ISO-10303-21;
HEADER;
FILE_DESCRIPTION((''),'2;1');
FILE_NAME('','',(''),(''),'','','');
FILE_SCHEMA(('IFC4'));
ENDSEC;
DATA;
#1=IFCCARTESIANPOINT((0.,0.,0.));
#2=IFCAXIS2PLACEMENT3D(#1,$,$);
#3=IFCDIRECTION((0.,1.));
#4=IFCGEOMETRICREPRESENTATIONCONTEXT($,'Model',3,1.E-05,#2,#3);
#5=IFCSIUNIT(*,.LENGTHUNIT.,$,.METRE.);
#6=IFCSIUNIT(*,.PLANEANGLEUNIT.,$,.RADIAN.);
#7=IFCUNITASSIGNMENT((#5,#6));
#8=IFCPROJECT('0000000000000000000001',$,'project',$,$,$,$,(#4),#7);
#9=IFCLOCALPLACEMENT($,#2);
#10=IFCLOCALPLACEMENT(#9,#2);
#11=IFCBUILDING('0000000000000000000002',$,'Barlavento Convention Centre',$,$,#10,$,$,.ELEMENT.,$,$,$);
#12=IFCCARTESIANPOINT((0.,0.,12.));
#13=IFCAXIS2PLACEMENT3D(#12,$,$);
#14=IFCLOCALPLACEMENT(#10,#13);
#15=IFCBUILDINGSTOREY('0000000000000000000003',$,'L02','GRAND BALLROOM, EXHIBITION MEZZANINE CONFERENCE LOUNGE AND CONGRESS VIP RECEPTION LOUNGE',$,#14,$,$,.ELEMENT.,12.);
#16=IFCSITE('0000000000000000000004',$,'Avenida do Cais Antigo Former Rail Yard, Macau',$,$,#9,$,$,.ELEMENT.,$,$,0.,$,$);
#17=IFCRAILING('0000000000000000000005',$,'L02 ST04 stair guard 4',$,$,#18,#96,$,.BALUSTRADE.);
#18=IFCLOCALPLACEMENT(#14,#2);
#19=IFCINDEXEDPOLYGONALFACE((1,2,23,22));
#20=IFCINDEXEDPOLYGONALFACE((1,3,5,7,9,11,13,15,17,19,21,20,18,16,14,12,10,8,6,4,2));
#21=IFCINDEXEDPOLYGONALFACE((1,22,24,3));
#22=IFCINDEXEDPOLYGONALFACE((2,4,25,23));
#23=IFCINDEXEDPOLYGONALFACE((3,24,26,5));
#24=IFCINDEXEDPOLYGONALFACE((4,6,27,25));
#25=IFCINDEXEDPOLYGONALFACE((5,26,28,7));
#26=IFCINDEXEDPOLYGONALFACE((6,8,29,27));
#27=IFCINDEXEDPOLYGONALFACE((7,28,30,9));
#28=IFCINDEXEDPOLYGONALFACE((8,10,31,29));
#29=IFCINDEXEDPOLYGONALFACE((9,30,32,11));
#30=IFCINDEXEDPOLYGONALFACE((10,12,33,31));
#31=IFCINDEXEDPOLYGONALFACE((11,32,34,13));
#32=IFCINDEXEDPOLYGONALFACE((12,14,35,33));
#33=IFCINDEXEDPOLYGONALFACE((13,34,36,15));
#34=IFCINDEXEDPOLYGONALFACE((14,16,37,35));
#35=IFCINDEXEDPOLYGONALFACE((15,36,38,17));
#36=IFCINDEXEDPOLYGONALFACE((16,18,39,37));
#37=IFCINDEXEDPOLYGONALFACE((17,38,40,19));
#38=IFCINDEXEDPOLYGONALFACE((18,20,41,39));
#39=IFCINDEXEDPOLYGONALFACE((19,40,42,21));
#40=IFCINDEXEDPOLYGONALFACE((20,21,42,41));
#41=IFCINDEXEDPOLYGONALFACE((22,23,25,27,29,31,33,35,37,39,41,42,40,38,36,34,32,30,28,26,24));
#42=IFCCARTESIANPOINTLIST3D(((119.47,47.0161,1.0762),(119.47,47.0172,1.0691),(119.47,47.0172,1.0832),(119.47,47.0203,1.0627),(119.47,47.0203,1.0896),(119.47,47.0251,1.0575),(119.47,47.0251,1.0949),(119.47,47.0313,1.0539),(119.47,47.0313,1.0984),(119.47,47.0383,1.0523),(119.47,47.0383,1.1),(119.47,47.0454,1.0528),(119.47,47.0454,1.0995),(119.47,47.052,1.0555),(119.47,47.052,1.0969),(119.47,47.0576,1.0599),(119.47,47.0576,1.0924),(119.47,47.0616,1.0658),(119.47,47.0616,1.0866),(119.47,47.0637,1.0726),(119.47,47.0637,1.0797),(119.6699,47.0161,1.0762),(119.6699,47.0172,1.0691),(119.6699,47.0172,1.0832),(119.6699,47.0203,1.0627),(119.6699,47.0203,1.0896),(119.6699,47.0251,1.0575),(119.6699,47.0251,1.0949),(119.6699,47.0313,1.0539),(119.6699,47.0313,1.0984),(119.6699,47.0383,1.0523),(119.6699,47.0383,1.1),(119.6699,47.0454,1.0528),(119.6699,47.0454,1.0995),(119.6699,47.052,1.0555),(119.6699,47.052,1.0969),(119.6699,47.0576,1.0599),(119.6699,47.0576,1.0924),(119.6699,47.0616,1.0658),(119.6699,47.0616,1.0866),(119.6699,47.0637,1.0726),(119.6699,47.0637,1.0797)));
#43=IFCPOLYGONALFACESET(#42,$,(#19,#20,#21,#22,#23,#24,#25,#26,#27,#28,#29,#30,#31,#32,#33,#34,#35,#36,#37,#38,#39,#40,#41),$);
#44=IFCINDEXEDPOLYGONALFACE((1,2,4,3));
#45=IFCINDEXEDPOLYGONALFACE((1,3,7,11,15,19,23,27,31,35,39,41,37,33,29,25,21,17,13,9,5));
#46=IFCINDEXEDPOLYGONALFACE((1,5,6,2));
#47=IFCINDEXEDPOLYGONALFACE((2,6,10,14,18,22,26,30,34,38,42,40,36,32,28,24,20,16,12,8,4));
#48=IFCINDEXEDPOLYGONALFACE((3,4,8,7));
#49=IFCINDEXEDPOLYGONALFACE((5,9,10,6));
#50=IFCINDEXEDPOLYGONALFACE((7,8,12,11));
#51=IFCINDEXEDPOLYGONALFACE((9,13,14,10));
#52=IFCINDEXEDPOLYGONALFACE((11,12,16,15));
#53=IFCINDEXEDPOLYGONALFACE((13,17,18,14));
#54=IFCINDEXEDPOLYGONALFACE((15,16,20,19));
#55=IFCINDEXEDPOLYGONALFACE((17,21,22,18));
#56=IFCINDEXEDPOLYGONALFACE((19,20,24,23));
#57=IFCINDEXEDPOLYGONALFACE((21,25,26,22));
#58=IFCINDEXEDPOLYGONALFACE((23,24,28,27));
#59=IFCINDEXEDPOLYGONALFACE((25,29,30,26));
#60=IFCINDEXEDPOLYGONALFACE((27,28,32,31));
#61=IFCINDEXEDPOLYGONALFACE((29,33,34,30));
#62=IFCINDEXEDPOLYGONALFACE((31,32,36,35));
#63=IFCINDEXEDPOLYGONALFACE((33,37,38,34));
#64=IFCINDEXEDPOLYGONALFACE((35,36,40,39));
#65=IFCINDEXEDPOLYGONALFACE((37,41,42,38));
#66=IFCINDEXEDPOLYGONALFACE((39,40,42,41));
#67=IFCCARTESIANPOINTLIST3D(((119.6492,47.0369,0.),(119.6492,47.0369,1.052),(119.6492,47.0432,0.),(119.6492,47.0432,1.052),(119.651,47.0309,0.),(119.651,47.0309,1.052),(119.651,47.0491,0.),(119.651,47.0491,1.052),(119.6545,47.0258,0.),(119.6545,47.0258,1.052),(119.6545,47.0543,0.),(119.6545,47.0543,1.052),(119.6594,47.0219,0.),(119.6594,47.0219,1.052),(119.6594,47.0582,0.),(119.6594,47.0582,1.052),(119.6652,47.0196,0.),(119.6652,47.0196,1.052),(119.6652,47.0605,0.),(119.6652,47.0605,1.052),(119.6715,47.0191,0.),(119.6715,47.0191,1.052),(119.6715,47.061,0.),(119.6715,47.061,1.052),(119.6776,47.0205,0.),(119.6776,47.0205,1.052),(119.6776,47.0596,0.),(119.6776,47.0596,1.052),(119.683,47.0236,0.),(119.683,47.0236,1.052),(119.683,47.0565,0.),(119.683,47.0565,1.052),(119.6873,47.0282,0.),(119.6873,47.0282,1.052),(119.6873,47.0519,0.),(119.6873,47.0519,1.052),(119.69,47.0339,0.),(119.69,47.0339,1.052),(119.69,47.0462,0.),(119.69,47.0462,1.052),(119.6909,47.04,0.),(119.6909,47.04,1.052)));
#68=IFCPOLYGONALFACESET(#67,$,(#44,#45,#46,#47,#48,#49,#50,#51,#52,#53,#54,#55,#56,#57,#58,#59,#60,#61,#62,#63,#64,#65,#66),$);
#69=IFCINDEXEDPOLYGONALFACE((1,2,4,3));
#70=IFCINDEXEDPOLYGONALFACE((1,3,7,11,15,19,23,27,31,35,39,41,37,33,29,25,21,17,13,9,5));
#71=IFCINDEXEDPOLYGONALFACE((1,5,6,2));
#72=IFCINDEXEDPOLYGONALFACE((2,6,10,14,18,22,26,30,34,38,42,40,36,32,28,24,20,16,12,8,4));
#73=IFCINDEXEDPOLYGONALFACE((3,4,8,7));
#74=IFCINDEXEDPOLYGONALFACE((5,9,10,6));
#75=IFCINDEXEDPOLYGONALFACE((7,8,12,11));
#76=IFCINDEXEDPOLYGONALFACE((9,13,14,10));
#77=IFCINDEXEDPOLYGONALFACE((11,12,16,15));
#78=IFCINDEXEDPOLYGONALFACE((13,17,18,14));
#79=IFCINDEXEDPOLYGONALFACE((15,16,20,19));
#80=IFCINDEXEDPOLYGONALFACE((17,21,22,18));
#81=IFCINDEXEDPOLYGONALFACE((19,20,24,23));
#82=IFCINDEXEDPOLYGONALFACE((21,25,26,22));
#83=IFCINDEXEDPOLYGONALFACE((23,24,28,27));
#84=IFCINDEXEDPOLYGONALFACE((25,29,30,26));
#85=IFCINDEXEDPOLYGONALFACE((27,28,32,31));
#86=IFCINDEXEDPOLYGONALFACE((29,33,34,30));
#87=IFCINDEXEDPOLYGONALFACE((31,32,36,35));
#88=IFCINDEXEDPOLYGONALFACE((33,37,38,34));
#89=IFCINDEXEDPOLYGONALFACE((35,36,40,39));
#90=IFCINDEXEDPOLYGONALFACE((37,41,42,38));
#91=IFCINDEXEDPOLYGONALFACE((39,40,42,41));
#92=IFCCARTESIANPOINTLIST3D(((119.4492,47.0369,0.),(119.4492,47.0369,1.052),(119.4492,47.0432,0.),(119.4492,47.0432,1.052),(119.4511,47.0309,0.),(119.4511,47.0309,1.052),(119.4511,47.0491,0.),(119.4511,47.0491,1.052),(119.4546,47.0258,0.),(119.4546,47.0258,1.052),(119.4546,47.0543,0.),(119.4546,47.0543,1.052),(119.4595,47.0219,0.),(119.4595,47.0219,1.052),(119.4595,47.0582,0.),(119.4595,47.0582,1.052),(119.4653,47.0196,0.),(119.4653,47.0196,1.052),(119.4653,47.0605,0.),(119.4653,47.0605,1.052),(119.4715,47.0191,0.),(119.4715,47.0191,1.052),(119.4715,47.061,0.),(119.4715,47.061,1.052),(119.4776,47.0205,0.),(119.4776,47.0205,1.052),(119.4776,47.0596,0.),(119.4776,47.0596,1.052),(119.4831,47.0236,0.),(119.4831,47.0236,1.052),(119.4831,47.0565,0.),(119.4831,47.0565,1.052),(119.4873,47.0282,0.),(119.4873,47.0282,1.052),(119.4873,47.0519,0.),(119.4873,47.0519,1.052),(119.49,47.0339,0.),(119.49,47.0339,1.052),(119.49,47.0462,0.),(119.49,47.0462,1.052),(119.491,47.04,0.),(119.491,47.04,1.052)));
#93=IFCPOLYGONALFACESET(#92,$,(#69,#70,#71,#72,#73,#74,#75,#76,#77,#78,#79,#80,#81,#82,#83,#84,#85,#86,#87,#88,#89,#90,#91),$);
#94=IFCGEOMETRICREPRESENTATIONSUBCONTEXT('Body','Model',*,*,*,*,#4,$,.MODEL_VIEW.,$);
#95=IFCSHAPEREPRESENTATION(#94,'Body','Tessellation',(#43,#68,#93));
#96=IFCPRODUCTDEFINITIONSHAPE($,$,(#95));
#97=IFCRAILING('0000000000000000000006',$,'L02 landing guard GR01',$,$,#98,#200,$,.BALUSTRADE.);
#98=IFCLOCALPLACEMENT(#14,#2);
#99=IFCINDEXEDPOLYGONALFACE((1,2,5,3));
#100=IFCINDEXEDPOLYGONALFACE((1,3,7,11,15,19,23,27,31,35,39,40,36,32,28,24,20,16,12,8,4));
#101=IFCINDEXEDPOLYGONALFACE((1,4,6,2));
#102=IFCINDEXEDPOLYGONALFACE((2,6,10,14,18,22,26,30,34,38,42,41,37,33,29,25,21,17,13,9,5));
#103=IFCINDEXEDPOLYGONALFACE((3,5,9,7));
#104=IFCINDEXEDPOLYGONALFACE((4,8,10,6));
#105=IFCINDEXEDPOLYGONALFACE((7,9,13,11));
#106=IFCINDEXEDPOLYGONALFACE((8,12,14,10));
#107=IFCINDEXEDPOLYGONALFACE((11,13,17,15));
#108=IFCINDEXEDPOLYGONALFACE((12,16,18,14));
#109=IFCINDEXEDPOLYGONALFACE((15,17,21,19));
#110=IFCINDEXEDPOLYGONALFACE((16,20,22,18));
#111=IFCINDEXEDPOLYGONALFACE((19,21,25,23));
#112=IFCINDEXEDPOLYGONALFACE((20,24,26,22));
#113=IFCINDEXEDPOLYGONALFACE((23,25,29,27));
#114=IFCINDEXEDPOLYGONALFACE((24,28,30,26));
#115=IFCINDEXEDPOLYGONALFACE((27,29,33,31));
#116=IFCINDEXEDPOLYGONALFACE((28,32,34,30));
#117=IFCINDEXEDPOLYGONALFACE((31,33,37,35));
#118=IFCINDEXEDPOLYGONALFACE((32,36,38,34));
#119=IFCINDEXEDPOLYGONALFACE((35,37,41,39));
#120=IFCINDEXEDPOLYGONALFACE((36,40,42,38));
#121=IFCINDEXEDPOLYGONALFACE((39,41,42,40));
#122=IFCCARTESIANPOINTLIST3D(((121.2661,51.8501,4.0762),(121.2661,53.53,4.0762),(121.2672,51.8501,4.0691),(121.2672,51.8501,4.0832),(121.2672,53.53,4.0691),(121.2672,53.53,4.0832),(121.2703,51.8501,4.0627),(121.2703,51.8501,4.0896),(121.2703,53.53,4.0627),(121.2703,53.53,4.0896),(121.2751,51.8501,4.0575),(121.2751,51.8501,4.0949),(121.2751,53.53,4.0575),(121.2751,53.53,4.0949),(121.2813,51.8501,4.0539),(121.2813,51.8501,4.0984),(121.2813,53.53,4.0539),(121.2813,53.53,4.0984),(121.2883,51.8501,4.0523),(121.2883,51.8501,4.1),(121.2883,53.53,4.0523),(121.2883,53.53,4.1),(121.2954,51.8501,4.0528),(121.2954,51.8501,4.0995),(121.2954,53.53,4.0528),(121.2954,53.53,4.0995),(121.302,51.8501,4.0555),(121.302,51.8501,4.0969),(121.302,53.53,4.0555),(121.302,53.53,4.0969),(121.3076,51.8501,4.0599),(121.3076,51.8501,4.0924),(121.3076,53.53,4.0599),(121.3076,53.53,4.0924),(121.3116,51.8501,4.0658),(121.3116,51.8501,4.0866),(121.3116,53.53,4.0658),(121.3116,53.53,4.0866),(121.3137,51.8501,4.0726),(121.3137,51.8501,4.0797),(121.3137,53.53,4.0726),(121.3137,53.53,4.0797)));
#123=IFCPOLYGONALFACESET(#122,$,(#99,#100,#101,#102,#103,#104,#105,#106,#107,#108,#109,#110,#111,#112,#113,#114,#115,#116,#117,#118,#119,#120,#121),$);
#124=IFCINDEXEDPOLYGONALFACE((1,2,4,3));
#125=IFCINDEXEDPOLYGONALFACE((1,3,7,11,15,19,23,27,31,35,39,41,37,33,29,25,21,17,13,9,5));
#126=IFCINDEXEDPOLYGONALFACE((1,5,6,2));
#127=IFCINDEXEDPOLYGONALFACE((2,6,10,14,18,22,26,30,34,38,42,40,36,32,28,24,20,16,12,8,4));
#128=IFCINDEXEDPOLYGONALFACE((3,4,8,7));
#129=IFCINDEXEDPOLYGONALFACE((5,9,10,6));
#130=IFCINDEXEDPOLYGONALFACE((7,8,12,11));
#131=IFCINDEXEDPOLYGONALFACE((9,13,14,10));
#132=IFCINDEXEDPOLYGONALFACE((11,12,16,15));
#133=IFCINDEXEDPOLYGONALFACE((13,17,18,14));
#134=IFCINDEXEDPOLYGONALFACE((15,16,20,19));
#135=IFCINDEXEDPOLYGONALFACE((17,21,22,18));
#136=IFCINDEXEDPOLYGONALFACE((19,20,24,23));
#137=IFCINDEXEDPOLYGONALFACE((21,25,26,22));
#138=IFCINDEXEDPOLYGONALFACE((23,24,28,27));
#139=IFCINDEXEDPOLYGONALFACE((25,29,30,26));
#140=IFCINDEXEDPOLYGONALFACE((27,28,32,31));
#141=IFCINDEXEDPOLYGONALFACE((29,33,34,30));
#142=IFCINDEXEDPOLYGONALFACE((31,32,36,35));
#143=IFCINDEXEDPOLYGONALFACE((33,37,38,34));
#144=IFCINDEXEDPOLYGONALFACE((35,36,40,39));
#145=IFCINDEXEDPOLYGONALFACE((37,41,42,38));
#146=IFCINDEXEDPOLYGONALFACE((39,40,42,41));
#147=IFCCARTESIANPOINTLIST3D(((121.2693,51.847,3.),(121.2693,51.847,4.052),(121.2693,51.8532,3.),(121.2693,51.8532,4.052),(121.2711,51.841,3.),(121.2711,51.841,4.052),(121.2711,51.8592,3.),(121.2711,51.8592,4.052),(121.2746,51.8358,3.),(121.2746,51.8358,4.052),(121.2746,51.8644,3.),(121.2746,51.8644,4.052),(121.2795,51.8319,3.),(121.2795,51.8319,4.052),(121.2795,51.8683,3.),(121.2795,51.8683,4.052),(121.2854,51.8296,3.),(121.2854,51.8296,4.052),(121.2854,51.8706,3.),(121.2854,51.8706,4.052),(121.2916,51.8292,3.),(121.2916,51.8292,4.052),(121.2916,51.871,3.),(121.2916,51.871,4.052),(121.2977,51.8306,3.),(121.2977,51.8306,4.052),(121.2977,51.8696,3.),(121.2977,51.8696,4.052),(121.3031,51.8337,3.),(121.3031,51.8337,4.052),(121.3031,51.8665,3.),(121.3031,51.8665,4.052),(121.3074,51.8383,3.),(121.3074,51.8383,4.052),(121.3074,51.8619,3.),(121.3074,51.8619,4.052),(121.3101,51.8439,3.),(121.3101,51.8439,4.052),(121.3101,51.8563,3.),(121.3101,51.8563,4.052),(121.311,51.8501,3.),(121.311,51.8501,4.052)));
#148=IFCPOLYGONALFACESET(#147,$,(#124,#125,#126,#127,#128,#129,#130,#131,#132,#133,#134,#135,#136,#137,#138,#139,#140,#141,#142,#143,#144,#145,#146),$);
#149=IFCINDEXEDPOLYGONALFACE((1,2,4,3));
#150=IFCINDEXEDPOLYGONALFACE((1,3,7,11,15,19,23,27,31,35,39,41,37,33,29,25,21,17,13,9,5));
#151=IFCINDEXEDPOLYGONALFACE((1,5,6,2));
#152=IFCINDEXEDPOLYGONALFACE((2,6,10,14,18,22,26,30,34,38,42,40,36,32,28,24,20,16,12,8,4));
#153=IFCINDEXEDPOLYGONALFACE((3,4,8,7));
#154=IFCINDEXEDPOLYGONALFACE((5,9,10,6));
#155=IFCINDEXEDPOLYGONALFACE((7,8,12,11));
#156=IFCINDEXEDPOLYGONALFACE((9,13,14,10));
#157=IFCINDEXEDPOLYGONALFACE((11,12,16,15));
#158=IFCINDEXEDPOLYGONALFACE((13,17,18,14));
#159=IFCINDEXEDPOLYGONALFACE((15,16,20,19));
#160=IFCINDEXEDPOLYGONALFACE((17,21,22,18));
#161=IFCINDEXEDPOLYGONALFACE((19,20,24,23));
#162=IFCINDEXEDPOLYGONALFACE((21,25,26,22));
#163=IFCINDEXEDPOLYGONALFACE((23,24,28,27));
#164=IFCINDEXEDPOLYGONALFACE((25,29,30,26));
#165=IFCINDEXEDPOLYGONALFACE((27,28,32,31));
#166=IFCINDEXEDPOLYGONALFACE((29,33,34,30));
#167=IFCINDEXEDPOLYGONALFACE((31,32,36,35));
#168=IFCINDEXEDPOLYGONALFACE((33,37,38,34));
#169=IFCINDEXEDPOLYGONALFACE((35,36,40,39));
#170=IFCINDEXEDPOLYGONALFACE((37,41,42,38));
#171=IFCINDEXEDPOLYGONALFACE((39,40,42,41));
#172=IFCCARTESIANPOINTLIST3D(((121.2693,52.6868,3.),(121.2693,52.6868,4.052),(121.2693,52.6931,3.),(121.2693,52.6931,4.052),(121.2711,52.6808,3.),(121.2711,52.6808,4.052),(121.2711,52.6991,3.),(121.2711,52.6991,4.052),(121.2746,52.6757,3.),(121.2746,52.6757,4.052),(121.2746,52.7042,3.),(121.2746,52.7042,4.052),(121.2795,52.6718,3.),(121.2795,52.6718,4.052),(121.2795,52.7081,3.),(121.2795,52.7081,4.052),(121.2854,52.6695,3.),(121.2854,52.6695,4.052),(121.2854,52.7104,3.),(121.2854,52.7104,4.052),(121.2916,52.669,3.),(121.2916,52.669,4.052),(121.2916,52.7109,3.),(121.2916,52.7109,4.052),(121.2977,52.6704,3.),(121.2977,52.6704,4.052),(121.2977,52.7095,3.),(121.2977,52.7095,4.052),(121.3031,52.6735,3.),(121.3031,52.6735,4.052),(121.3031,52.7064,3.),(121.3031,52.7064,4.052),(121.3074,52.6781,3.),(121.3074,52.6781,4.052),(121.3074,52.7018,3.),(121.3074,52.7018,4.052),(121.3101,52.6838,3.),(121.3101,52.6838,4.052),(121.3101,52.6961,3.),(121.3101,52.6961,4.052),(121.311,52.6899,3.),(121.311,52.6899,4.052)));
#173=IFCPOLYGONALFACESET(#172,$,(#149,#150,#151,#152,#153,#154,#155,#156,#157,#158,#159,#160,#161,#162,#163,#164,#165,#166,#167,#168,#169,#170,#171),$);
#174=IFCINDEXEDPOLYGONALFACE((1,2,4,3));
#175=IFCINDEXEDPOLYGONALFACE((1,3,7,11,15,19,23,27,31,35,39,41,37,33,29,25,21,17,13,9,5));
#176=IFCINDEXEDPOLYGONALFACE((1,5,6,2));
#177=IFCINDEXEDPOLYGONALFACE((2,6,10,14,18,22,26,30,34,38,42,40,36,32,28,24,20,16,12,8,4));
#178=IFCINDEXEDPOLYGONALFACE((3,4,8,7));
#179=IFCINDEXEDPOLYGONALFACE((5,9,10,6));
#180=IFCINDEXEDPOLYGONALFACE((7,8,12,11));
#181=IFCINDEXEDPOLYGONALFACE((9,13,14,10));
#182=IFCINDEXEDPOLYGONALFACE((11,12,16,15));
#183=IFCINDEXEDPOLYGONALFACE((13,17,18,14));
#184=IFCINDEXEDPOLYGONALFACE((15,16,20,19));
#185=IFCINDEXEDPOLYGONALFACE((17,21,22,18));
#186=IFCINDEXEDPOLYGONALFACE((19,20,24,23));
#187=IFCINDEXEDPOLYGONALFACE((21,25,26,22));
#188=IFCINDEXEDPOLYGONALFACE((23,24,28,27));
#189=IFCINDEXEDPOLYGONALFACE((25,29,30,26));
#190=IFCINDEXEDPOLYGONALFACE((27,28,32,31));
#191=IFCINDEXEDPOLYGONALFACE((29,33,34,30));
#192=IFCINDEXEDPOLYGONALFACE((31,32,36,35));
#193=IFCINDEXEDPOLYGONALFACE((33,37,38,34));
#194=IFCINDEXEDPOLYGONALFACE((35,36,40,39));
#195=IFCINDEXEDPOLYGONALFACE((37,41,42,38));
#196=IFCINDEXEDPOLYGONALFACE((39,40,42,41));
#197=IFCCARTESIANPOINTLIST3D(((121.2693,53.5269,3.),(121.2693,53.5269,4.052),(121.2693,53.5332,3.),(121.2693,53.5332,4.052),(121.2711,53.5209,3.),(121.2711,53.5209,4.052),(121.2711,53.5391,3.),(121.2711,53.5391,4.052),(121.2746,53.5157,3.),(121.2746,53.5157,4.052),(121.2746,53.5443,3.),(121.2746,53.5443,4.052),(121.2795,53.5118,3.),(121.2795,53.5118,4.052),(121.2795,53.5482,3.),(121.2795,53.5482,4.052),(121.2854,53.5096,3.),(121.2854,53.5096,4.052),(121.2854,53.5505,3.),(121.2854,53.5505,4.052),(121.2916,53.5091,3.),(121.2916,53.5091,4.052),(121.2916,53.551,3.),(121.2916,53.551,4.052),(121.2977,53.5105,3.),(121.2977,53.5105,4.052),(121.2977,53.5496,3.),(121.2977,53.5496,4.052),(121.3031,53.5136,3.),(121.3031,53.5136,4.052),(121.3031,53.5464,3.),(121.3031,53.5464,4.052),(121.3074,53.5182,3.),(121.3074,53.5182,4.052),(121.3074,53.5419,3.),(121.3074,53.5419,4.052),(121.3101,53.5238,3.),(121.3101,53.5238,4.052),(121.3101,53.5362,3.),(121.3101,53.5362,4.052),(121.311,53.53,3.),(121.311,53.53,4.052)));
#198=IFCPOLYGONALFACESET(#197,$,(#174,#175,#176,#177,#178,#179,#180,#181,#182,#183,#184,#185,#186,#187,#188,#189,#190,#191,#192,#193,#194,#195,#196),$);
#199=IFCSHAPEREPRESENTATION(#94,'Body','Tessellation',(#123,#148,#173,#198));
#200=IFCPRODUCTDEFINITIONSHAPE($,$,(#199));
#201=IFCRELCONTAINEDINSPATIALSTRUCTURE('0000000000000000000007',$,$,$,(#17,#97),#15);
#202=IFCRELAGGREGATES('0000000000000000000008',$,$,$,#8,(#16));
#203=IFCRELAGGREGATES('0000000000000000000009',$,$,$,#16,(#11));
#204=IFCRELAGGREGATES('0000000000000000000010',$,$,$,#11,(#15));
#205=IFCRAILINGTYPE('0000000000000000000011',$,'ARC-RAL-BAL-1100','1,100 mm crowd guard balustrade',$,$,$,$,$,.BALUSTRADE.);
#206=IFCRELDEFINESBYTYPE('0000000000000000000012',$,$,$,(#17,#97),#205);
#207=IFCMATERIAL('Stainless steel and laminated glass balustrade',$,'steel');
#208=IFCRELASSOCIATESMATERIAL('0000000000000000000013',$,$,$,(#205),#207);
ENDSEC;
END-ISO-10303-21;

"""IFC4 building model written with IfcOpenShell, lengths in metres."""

from ifc_helpers import new_model, si_unit, direction, frame, origin, origin_2d, place, context, subcontext, project, spatial, circle, extrude, material, type_object, element, save


model = new_model("IFC4")

# Units and contexts
model_context = context("Model", 3, precision=1e-05, world=origin(), true_north=direction((0.0, 1.0)))
body_context = subcontext(model_context, "Body", "Model", "MODEL_VIEW")
ifc_project = project(units=[si_unit("LENGTHUNIT", "METRE"), si_unit("PLANEANGLEUNIT", "RADIAN")], contexts=[model_context])

# Site, building, storey
site_placement = place(None, origin())
site = spatial("IfcSite", under=ifc_project, at=site_placement, Name="Avenida do Cais Antigo Former Rail Yard, Macau", CompositionType="ELEMENT", RefElevation=0.0)
building_placement = place(site_placement, origin())
building = spatial("IfcBuilding", under=site, at=building_placement, Name="Barlavento Convention Centre", CompositionType="ELEMENT")
storey_placement = place(building_placement, frame((0.0, 0.0, 12.0)))
storey = spatial("IfcBuildingStorey", under=building, at=storey_placement, Name="L02", Description="GRAND BALLROOM, EXHIBITION MEZZANINE CONFERENCE LOUNGE AND CONGRESS VIP RECEPTION LOUNGE", CompositionType="ELEMENT", Elevation=12.0)

# Railings
ifc_material_1 = material(Name="Stainless steel and laminated glass balustrade", Category="steel")
railing_type_1 = type_object("IfcRailingType", Name="ARC-RAL-BAL-1100", Description="1,100 mm crowd guard balustrade", PredefinedType="BALUSTRADE", material=ifc_material_1)
railing_1_placement = place(storey_placement, frame((119.6699, 47.04, 0.0)))
element("IfcRailing", 1, at=railing_1_placement, inside=storey, type_object=railing_type_1, Name="L02 ST04 stair guard 4", PredefinedType="BALUSTRADE", context=body_context, shape_type="SweptSolid", body=[
    extrude(circle(Radius=0.0239, at=origin_2d()), frame((0.0, 0.0, 1.0762), z_axis=(-1.0, 0.0, 0.0), x_axis=(0.0, -1.0, 0.0)), (0.0, 0.0, 1.0), 0.2),
    extrude(circle(Radius=0.021, at=origin_2d()), origin(), (0.0, 0.0, 1.0), 1.052),
    extrude(circle(Radius=0.021, at=origin_2d()), frame((-0.2, 0.0, 0.0)), (0.0, 0.0, 1.0), 1.052),
])
railing_2_placement = place(storey_placement, frame((121.29, 51.8501, 3.0)))
element("IfcRailing", 2, at=railing_2_placement, inside=storey, type_object=railing_type_1, Name="L02 landing guard GR01", PredefinedType="BALUSTRADE", context=body_context, shape_type="SweptSolid", body=[
    extrude(circle(Radius=0.0239, at=origin_2d()), frame((0.0, 0.0, 1.0762), z_axis=(0.0, 1.0, 0.0), x_axis=(-1.0, 0.0, 0.0)), (0.0, 0.0, 1.0), 1.6799),
    extrude(circle(Radius=0.021, at=origin_2d()), origin(), (0.0, 0.0, 1.0), 1.052),
    extrude(circle(Radius=0.021, at=origin_2d()), frame((0.0, 0.8398, 0.0)), (0.0, 0.0, 1.0), 1.052),
    extrude(circle(Radius=0.021, at=origin_2d()), frame((0.0, 1.6799, 0.0)), (0.0, 0.0, 1.0), 1.052),
])

save(model, "model.ifc")
